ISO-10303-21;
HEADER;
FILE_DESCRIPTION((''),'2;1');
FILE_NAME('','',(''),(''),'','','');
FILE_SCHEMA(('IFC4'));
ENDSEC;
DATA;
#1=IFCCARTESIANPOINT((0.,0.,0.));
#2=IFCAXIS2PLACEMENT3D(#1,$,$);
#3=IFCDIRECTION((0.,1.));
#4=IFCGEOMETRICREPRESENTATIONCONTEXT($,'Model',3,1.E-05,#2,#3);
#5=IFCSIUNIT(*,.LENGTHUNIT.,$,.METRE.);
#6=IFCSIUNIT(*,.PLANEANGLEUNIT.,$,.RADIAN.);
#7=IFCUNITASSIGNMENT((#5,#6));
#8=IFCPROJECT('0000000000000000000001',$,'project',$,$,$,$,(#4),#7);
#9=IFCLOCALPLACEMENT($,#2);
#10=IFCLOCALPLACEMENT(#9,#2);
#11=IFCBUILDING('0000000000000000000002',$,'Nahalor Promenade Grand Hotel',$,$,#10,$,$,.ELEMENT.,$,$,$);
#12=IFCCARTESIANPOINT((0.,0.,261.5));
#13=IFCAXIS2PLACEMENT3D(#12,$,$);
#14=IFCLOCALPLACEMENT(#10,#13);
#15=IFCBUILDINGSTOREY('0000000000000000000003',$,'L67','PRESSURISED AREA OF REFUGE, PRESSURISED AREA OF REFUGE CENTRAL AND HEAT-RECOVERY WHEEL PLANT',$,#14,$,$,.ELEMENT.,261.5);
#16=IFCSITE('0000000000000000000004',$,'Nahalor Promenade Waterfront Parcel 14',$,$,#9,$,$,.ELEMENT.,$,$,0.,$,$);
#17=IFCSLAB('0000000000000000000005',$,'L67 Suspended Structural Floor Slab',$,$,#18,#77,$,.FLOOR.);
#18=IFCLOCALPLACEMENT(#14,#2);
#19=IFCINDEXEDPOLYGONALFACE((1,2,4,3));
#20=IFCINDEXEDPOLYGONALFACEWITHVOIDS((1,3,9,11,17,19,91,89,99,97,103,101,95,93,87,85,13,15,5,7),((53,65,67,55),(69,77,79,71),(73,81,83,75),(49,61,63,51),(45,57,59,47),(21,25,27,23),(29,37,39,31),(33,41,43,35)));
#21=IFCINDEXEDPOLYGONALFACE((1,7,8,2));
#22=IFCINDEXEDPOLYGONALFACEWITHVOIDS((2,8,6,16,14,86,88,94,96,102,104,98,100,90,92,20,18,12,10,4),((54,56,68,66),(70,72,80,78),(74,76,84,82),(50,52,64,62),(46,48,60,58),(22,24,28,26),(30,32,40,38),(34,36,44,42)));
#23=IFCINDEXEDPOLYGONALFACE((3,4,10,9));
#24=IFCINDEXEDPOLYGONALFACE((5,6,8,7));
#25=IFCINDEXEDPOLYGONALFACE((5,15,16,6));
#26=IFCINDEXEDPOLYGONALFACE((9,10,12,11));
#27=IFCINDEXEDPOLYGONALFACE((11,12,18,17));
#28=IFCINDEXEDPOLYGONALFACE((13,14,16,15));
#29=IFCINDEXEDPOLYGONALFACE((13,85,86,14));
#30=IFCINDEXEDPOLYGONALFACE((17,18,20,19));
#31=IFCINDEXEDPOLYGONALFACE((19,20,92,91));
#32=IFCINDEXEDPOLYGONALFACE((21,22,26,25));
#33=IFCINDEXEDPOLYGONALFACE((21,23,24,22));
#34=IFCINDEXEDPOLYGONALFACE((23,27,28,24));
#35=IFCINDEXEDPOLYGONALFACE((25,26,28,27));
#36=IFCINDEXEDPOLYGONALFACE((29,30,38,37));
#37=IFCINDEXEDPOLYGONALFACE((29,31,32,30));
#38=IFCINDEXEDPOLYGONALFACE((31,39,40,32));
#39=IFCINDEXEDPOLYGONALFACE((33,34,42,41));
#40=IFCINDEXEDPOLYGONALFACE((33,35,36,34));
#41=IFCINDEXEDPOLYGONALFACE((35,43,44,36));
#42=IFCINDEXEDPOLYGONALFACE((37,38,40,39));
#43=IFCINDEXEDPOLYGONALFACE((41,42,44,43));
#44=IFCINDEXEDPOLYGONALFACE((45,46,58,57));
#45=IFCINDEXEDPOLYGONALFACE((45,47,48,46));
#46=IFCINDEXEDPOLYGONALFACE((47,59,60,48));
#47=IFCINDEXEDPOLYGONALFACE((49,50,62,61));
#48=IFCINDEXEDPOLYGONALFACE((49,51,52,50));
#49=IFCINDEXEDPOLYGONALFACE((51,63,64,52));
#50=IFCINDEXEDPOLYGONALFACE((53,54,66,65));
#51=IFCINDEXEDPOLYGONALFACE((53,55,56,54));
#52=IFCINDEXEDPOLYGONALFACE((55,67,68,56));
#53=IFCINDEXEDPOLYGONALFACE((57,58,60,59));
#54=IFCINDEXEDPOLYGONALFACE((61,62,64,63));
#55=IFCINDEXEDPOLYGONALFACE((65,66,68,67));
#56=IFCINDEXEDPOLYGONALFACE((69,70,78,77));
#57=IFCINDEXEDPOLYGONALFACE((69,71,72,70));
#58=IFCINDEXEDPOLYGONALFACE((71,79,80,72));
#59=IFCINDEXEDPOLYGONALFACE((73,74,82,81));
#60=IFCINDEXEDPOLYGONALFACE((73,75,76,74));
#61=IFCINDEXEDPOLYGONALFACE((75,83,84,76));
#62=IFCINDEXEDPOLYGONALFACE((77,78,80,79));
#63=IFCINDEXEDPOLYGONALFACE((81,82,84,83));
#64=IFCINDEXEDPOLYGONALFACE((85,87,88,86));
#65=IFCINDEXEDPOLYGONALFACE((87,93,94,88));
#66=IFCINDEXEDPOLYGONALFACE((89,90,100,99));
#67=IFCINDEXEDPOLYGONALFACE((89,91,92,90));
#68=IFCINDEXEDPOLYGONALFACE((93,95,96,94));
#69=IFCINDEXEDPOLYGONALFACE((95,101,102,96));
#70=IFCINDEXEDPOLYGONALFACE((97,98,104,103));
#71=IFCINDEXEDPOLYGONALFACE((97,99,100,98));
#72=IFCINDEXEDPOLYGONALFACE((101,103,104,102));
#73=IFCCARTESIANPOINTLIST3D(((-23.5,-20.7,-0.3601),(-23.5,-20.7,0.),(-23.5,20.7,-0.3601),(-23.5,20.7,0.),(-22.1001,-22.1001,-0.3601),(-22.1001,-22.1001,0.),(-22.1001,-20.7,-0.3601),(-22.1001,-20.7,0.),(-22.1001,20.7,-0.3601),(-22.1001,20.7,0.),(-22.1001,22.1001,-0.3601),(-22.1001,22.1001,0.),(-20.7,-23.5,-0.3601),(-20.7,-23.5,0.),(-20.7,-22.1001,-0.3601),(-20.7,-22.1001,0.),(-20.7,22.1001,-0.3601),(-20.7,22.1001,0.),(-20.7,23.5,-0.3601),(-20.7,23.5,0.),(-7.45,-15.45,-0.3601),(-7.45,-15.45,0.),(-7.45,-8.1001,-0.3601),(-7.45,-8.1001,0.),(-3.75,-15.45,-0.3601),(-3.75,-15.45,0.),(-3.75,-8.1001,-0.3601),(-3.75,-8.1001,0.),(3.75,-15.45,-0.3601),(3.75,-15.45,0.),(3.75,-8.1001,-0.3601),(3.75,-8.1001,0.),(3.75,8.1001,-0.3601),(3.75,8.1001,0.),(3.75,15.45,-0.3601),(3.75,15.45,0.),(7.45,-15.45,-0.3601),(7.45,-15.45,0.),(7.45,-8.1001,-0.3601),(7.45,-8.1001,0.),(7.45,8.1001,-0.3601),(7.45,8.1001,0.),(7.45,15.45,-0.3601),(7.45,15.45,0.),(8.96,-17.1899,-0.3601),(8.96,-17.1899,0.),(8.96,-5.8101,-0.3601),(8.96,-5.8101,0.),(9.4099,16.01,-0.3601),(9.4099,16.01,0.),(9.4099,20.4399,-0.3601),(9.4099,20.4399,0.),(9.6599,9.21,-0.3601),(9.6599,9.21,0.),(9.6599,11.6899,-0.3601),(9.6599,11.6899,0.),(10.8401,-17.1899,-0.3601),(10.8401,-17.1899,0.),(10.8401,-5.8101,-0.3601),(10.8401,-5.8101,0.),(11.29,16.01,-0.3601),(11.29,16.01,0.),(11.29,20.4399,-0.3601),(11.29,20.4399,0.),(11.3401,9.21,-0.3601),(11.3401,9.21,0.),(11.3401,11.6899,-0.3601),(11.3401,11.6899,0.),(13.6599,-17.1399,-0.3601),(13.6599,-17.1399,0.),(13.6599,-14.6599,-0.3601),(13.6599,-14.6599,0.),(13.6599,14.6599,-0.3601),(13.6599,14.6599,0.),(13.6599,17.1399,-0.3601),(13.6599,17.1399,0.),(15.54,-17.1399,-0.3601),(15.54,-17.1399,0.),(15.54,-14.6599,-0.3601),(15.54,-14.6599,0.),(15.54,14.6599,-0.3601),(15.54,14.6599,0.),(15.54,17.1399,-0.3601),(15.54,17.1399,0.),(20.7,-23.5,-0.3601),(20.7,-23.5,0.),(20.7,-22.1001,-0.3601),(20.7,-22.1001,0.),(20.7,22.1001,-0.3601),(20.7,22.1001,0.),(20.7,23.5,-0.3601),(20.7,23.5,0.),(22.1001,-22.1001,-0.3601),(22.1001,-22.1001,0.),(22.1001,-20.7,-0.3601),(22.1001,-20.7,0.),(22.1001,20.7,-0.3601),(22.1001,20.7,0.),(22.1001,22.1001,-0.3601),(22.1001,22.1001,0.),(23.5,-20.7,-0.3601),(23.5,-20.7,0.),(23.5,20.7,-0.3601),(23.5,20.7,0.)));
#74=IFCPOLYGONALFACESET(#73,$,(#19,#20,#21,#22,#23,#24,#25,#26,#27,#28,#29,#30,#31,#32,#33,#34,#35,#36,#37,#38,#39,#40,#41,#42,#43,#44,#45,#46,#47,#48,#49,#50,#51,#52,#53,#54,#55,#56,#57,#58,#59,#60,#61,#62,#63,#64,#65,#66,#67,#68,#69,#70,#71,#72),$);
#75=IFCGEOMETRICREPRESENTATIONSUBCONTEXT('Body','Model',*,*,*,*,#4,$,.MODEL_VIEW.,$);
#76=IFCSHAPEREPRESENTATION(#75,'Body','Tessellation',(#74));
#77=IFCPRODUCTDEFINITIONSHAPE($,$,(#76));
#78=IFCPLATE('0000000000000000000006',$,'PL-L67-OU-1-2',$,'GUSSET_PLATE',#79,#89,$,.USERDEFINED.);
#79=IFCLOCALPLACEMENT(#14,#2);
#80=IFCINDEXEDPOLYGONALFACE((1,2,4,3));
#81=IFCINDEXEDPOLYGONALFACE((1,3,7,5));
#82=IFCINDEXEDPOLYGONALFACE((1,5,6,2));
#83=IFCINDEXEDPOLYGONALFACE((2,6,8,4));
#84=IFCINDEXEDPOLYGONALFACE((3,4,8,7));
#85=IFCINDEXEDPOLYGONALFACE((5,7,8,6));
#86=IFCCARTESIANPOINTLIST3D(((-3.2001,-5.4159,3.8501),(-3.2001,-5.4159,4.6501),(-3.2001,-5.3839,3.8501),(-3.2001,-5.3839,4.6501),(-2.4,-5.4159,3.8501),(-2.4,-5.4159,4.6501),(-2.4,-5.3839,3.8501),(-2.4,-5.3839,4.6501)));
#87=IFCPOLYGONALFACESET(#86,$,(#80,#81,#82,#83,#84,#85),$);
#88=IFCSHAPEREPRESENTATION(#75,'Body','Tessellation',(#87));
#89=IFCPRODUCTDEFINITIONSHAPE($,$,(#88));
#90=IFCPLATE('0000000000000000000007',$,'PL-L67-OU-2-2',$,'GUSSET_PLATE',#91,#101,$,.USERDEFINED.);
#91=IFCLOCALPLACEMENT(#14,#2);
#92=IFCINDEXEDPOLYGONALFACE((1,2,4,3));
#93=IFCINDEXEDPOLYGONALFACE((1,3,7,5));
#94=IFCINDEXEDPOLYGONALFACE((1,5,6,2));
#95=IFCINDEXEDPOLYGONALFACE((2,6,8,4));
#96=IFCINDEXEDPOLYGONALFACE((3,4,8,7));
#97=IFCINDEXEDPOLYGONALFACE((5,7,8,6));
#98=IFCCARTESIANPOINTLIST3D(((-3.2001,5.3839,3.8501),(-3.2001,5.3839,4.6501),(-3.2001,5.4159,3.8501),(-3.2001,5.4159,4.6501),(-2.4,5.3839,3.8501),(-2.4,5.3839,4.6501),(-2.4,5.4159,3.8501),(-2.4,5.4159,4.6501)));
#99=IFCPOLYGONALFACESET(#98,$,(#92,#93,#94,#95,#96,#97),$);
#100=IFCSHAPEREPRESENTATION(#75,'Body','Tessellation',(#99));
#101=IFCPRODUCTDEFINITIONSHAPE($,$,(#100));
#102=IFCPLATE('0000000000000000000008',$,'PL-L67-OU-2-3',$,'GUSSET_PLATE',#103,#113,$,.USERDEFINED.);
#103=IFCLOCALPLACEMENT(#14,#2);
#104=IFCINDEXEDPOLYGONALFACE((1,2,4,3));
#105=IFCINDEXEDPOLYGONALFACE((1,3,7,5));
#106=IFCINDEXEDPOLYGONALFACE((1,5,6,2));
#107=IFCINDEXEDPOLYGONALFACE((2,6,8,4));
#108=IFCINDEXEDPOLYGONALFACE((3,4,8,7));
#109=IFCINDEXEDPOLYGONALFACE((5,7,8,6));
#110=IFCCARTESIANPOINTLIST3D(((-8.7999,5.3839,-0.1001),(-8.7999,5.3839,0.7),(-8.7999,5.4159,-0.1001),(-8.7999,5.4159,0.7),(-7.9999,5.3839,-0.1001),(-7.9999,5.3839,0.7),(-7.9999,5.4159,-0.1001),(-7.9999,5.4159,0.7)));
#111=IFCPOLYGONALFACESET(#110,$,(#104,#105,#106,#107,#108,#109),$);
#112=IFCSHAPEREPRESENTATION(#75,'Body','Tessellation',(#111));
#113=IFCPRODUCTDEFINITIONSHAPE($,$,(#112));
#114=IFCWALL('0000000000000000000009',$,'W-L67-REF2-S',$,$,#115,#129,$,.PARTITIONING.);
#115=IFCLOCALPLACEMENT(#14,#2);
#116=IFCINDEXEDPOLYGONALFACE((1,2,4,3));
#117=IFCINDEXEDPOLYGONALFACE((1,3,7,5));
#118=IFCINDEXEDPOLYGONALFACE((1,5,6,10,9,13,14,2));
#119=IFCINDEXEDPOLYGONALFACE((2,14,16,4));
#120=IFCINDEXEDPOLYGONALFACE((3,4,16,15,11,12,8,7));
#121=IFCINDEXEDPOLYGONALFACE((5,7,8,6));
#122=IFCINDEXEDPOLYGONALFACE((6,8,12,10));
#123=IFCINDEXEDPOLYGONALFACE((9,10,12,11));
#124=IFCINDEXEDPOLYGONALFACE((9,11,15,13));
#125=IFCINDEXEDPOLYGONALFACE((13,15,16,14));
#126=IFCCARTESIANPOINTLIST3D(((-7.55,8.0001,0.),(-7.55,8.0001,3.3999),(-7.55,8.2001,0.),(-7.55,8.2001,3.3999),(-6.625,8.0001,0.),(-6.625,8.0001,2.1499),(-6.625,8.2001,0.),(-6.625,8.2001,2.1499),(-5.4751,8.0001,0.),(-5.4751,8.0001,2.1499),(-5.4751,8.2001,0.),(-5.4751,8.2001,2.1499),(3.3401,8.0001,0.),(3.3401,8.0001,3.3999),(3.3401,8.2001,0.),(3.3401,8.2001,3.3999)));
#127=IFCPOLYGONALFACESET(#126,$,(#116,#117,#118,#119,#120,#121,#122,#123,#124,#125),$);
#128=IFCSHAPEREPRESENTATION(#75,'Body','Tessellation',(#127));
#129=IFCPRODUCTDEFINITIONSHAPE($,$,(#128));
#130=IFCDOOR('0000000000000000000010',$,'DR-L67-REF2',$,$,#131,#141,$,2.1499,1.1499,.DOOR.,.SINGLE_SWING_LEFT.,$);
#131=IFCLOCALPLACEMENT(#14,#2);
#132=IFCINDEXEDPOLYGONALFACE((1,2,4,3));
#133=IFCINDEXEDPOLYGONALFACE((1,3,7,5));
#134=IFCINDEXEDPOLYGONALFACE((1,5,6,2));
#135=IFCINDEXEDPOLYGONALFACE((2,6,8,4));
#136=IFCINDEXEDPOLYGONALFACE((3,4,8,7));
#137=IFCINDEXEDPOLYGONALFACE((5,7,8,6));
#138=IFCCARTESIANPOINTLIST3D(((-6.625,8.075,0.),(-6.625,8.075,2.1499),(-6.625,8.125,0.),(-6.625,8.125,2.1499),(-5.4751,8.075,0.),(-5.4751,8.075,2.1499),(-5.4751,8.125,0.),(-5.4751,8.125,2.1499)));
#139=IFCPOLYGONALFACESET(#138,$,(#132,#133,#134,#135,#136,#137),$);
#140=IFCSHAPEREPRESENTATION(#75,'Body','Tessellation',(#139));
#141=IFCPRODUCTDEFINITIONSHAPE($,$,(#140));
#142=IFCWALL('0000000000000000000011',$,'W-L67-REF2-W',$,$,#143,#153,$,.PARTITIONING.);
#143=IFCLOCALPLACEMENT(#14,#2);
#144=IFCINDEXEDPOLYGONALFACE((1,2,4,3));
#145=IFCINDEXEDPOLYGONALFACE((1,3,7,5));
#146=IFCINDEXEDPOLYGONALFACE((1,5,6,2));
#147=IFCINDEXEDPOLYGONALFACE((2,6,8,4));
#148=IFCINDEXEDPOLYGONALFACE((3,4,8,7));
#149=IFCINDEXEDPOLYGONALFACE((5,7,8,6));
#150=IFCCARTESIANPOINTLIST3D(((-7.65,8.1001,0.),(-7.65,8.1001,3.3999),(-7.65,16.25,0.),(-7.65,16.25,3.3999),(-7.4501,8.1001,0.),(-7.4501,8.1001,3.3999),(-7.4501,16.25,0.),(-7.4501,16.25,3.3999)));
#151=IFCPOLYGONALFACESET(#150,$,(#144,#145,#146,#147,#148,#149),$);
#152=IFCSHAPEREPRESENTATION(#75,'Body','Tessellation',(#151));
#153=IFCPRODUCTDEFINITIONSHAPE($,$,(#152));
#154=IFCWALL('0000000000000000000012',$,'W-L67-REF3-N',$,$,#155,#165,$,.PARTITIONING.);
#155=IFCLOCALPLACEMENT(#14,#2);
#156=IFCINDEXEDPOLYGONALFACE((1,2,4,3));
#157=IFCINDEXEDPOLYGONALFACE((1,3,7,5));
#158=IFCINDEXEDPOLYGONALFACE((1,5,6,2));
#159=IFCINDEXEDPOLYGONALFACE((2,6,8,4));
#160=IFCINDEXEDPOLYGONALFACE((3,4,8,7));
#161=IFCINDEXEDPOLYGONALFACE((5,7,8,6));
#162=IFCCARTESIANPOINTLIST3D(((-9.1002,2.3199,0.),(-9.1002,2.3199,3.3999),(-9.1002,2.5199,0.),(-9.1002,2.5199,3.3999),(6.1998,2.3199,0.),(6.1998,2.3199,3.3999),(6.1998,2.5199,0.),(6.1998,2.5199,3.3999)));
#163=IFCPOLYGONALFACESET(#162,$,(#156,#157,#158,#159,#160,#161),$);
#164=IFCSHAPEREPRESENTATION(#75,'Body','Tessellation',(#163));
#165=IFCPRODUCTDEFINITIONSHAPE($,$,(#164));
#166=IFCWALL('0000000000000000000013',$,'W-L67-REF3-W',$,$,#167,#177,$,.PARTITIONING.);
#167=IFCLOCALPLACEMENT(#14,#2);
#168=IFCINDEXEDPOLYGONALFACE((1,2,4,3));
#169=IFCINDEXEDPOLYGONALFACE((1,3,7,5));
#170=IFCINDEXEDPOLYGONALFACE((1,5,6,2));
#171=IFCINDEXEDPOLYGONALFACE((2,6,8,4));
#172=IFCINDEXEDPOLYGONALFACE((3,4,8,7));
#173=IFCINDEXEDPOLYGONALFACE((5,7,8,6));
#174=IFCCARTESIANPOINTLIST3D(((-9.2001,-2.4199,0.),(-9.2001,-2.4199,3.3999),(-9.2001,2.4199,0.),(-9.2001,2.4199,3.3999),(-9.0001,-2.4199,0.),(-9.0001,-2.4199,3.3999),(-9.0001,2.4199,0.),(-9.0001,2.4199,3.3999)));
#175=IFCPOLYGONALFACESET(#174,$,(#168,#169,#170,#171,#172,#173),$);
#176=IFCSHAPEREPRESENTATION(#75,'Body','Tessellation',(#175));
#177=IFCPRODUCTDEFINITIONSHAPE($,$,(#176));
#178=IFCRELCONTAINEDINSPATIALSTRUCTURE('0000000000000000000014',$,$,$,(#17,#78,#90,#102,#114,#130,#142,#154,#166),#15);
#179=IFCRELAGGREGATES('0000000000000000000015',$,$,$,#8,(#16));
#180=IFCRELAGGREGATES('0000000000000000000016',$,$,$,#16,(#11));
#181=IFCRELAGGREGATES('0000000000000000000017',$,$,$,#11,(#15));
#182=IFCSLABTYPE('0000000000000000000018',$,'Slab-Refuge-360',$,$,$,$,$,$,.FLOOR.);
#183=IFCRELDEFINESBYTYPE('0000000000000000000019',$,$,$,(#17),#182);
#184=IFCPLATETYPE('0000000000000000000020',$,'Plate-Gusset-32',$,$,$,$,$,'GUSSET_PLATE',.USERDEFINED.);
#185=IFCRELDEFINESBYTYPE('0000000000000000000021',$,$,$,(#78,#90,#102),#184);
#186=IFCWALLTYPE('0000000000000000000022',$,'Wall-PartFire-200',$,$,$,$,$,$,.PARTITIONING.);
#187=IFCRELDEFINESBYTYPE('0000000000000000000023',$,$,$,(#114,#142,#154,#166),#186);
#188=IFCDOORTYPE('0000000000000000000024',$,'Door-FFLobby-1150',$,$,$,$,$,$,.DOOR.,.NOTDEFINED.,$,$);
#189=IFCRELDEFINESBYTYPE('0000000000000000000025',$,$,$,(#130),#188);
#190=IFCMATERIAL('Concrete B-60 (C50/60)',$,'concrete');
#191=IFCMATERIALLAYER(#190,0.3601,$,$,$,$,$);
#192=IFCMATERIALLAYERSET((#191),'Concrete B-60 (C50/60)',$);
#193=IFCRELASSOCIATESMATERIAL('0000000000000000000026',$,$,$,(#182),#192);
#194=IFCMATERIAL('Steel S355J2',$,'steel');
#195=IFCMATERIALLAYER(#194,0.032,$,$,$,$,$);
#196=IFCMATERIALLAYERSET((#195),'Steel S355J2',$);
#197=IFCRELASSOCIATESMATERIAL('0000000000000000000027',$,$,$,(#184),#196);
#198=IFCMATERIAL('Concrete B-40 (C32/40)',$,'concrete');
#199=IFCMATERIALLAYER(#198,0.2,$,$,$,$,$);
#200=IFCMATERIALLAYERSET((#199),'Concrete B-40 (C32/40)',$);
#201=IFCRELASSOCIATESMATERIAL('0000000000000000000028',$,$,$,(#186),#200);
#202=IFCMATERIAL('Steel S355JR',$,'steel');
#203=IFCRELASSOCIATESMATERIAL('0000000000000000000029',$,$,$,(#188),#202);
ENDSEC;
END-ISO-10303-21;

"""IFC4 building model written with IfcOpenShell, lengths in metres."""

from ifc_helpers import new_model, si_unit, direction, frame, frame_2d, origin, origin_2d, place, context, subcontext, project, spatial, polyline, rectangle, outline, extrude, source, transform, mapped, material, layer, layer_set, type_object, element, fill, save


model = new_model("IFC4")

# Units and contexts
model_context = context("Model", 3, precision=1e-05, world=origin(), true_north=direction((0.0, 1.0)))
body_context = subcontext(model_context, "Body", "Model", "MODEL_VIEW")
ifc_project = project(units=[si_unit("LENGTHUNIT", "METRE"), si_unit("PLANEANGLEUNIT", "RADIAN")], contexts=[model_context])

# Site, building, storey
site_placement = place(None, origin())
site = spatial("IfcSite", under=ifc_project, at=site_placement, Name="Nahalor Promenade Waterfront Parcel 14", CompositionType="ELEMENT", RefElevation=0.0)
building_placement = place(site_placement, origin())
building = spatial("IfcBuilding", under=site, at=building_placement, Name="Nahalor Promenade Grand Hotel", CompositionType="ELEMENT")
storey_placement = place(building_placement, frame((0.0, 0.0, 261.5)))
storey = spatial("IfcBuildingStorey", under=building, at=storey_placement, Name="L67", Description="PRESSURISED AREA OF REFUGE, PRESSURISED AREA OF REFUGE CENTRAL AND HEAT-RECOVERY WHEEL PLANT", CompositionType="ELEMENT", Elevation=261.5)

# Shared definitions
ifc_material_1 = material(Name="Concrete B-60 (C50/60)", Category="concrete")

# Shared definitions
ifc_material_2 = material(Name="Steel S355JR", Category="steel")

# Shared definitions
ifc_material_3 = material(Name="Steel S355J2", Category="steel")

# Slab
ifc_layer_1 = layer(ifc_material_1, 0.3601)
ifc_layer_set_1 = layer_set([ifc_layer_1], Name="Concrete B-60 (C50/60)")
slab_type_1 = type_object("IfcSlabType", Name="Slab-Refuge-360", PredefinedType="FLOOR", material=ifc_layer_set_1)
slab_1_placement = place(storey_placement, frame((0.0, 0.0, -0.3601)))
element("IfcSlab", 1, at=slab_1_placement, inside=storey, type_object=slab_type_1, Name="L67 Suspended Structural Floor Slab", PredefinedType="FLOOR", context=body_context, shape_type="SweptSolid", body=[
    extrude(outline(polyline([(-20.7, -23.5), (20.7, -23.5), (20.7, -22.1001), (22.1001, -22.1001), (22.1001, -20.7), (23.5, -20.7), (23.5, 20.7), (22.1001, 20.7), (22.1001, 22.1001), (20.7, 22.1001), (20.7, 23.5), (-20.7, 23.5), (-20.7, 22.1001), (-22.1001, 22.1001), (-22.1001, 20.7), (-23.5, 20.7), (-23.5, -20.7), (-22.1001, -20.7), (-22.1001, -22.1001), (-20.7, -22.1001), (-20.7, -23.5)]), holes=[polyline([(3.75, 8.1001), (7.45, 8.1001), (7.45, 15.45), (3.75, 15.45), (3.75, 8.1001)]), polyline([(3.75, -15.45), (7.45, -15.45), (7.45, -8.1001), (3.75, -8.1001), (3.75, -15.45)]), polyline([(-7.45, -15.45), (-3.75, -15.45), (-3.75, -8.1001), (-7.45, -8.1001), (-7.45, -15.45)]), polyline([(8.96, -17.1899), (10.8401, -17.1899), (10.8401, -5.8101), (8.96, -5.8101), (8.96, -17.1899)]), polyline([(9.4099, 16.01), (11.29, 16.01), (11.29, 20.4399), (9.4099, 20.4399), (9.4099, 16.01)]), polyline([(9.6599, 9.21), (11.3401, 9.21), (11.3401, 11.6899), (9.6599, 11.6899), (9.6599, 9.21)]), polyline([(13.6599, 14.6599), (15.54, 14.6599), (15.54, 17.1399), (13.6599, 17.1399), (13.6599, 14.6599)]), polyline([(13.6599, -17.1399), (15.54, -17.1399), (15.54, -14.6599), (13.6599, -14.6599), (13.6599, -17.1399)])]), origin(), (0.0, 0.0, 1.0), 0.3601),
])

# Plates
ifc_layer_2 = layer(ifc_material_3, 0.032)
ifc_layer_set_2 = layer_set([ifc_layer_2], Name="Steel S355J2")
plate_type = type_object("IfcPlateType", Name="Plate-Gusset-32", ElementType="GUSSET_PLATE", PredefinedType="USERDEFINED", material=ifc_layer_set_2)
shared_shape_1 = source(origin(), body_context, "Body", "SweptSolid", [
    extrude(rectangle(XDim=0.8, YDim=0.032, at=origin_2d()), origin(), (0.0, 0.0, 1.0), 0.8),
])
for number, where, z_axis, x_axis, name in (
    (2, (-2.8, -5.3999, 3.8501), (0.0, 0.0, 1.0), (1.0, 0.0, 0.0), "PL-L67-OU-1-2"),
    (3, (-2.8, 5.3999, 3.8501), (0.0, 0.0, 1.0), (1.0, 0.0, 0.0), "PL-L67-OU-2-2"),
    (4, (-8.3999, 5.3999, -0.1001), (0.0, 0.0, 1.0), (1.0, 0.0, 0.0), "PL-L67-OU-2-3"),
):
    element("IfcPlate", number, at=place(storey_placement, frame(where, z_axis=z_axis, x_axis=x_axis)), inside=storey, type_object=plate_type, Name=name, ObjectType="GUSSET_PLATE", PredefinedType="USERDEFINED", context=body_context, shape_type="MappedRepresentation", body=[
        mapped(shared_shape_1, transform((0.0, 0.0, 0.0), scale=1.0)),
    ])

# Wall, opening, door
ifc_material_4 = material(Name="Concrete B-40 (C32/40)", Category="concrete")
ifc_layer_3 = layer(ifc_material_4, 0.2)
ifc_layer_set_3 = layer_set([ifc_layer_3], Name="Concrete B-40 (C32/40)")
wall_type = type_object("IfcWallType", Name="Wall-PartFire-200", PredefinedType="PARTITIONING", material=ifc_layer_set_3)
shared_shape_2 = source(origin(), body_context, "Body", "SweptSolid", [
    extrude(rectangle(XDim=10.8901, YDim=0.2, at=frame_2d((5.4451, 0.0))), origin(), (0.0, 0.0, 1.0), 3.3999),
])
wall_1_placement = place(storey_placement, frame((-7.55, 8.1001, 0.0), z_axis=(0.0, 0.0, 1.0), x_axis=(1.0, 0.0, 0.0)))
wall_1 = element("IfcWall", 5, at=wall_1_placement, inside=storey, type_object=wall_type, Name="W-L67-REF2-S", PredefinedType="PARTITIONING", context=body_context, shape_type="MappedRepresentation", body=[
    mapped(shared_shape_2, transform((0.0, 0.0, 0.0), scale=1.0)),
])
opening_placement = place(wall_1_placement, frame((0.925, 0.0, 0.0)))
opening = element("IfcOpeningElement", 6, at=opening_placement, cuts=wall_1, PredefinedType="OPENING", context=body_context, shape_type="SweptSolid", body=[
    extrude(rectangle(XDim=1.1499, YDim=2.1499, at=frame_2d((0.575, 1.075))), frame((0.0, 0.1099, 0.0), z_axis=(0.0, -1.0, 0.0), x_axis=(1.0, 0.0, 0.0)), (0.0, 0.0, 1.0), 0.22),
])
door_type = type_object("IfcDoorType", Name="Door-FFLobby-1150", OperationType="NOTDEFINED", PredefinedType="DOOR", material=ifc_material_2)
shared_shape_3 = source(origin(), body_context, "Body", "SweptSolid", [
    extrude(rectangle(XDim=1.1499, YDim=2.1499, at=frame_2d((0.575, 1.075))), frame((0.0, 0.0249, 0.0), z_axis=(0.0, -1.0, 0.0), x_axis=(1.0, 0.0, 0.0)), (0.0, 0.0, 1.0), 0.05),
])
door_placement = place(opening_placement, origin())
door = element("IfcDoor", 7, at=door_placement, inside=storey, type_object=door_type, Name="DR-L67-REF2", OperationType="SINGLE_SWING_LEFT", OverallHeight=2.1499, OverallWidth=1.1499, PredefinedType="DOOR", context=body_context, shape_type="MappedRepresentation", body=[
    mapped(shared_shape_3, transform((0.0, 0.0, 0.0), scale=1.0)),
])
fill(opening, door)

# Walls
shared_shape_4 = source(origin(), body_context, "Body", "SweptSolid", [
    extrude(rectangle(XDim=8.1499, YDim=0.2, at=frame_2d((4.075, 0.0))), origin(), (0.0, 0.0, 1.0), 3.3999),
])
wall_2_placement = place(storey_placement, frame((-7.55, 8.1001, 0.0), z_axis=(0.0, 0.0, 1.0), x_axis=(0.0, 1.0, 0.0)))
element("IfcWall", 8, at=wall_2_placement, inside=storey, type_object=wall_type, Name="W-L67-REF2-W", PredefinedType="PARTITIONING", context=body_context, shape_type="MappedRepresentation", body=[
    mapped(shared_shape_4, transform((0.0, 0.0, 0.0), scale=1.0)),
])
shared_shape_5 = source(origin(), body_context, "Body", "SweptSolid", [
    extrude(rectangle(XDim=15.3, YDim=0.2, at=frame_2d((7.6499, 0.0))), origin(), (0.0, 0.0, 1.0), 3.3999),
])
wall_3_placement = place(storey_placement, frame((-9.1001, 2.4199, 0.0), z_axis=(0.0, 0.0, 1.0), x_axis=(1.0, 0.0, 0.0)))
element("IfcWall", 9, at=wall_3_placement, inside=storey, type_object=wall_type, Name="W-L67-REF3-N", PredefinedType="PARTITIONING", context=body_context, shape_type="MappedRepresentation", body=[
    mapped(shared_shape_5, transform((0.0, 0.0, 0.0), scale=1.0)),
])
shared_shape_6 = source(origin(), body_context, "Body", "SweptSolid", [
    extrude(rectangle(XDim=4.8398, YDim=0.2, at=frame_2d((2.4199, 0.0))), origin(), (0.0, 0.0, 1.0), 3.3999),
])
wall_4_placement = place(storey_placement, frame((-9.1001, -2.4199, 0.0), z_axis=(0.0, 0.0, 1.0), x_axis=(0.0, 1.0, 0.0)))
element("IfcWall", 10, at=wall_4_placement, inside=storey, type_object=wall_type, Name="W-L67-REF3-W", PredefinedType="PARTITIONING", context=body_context, shape_type="MappedRepresentation", body=[
    mapped(shared_shape_6, transform((0.0, 0.0, 0.0), scale=1.0)),
])

save(model, "model.ifc")
